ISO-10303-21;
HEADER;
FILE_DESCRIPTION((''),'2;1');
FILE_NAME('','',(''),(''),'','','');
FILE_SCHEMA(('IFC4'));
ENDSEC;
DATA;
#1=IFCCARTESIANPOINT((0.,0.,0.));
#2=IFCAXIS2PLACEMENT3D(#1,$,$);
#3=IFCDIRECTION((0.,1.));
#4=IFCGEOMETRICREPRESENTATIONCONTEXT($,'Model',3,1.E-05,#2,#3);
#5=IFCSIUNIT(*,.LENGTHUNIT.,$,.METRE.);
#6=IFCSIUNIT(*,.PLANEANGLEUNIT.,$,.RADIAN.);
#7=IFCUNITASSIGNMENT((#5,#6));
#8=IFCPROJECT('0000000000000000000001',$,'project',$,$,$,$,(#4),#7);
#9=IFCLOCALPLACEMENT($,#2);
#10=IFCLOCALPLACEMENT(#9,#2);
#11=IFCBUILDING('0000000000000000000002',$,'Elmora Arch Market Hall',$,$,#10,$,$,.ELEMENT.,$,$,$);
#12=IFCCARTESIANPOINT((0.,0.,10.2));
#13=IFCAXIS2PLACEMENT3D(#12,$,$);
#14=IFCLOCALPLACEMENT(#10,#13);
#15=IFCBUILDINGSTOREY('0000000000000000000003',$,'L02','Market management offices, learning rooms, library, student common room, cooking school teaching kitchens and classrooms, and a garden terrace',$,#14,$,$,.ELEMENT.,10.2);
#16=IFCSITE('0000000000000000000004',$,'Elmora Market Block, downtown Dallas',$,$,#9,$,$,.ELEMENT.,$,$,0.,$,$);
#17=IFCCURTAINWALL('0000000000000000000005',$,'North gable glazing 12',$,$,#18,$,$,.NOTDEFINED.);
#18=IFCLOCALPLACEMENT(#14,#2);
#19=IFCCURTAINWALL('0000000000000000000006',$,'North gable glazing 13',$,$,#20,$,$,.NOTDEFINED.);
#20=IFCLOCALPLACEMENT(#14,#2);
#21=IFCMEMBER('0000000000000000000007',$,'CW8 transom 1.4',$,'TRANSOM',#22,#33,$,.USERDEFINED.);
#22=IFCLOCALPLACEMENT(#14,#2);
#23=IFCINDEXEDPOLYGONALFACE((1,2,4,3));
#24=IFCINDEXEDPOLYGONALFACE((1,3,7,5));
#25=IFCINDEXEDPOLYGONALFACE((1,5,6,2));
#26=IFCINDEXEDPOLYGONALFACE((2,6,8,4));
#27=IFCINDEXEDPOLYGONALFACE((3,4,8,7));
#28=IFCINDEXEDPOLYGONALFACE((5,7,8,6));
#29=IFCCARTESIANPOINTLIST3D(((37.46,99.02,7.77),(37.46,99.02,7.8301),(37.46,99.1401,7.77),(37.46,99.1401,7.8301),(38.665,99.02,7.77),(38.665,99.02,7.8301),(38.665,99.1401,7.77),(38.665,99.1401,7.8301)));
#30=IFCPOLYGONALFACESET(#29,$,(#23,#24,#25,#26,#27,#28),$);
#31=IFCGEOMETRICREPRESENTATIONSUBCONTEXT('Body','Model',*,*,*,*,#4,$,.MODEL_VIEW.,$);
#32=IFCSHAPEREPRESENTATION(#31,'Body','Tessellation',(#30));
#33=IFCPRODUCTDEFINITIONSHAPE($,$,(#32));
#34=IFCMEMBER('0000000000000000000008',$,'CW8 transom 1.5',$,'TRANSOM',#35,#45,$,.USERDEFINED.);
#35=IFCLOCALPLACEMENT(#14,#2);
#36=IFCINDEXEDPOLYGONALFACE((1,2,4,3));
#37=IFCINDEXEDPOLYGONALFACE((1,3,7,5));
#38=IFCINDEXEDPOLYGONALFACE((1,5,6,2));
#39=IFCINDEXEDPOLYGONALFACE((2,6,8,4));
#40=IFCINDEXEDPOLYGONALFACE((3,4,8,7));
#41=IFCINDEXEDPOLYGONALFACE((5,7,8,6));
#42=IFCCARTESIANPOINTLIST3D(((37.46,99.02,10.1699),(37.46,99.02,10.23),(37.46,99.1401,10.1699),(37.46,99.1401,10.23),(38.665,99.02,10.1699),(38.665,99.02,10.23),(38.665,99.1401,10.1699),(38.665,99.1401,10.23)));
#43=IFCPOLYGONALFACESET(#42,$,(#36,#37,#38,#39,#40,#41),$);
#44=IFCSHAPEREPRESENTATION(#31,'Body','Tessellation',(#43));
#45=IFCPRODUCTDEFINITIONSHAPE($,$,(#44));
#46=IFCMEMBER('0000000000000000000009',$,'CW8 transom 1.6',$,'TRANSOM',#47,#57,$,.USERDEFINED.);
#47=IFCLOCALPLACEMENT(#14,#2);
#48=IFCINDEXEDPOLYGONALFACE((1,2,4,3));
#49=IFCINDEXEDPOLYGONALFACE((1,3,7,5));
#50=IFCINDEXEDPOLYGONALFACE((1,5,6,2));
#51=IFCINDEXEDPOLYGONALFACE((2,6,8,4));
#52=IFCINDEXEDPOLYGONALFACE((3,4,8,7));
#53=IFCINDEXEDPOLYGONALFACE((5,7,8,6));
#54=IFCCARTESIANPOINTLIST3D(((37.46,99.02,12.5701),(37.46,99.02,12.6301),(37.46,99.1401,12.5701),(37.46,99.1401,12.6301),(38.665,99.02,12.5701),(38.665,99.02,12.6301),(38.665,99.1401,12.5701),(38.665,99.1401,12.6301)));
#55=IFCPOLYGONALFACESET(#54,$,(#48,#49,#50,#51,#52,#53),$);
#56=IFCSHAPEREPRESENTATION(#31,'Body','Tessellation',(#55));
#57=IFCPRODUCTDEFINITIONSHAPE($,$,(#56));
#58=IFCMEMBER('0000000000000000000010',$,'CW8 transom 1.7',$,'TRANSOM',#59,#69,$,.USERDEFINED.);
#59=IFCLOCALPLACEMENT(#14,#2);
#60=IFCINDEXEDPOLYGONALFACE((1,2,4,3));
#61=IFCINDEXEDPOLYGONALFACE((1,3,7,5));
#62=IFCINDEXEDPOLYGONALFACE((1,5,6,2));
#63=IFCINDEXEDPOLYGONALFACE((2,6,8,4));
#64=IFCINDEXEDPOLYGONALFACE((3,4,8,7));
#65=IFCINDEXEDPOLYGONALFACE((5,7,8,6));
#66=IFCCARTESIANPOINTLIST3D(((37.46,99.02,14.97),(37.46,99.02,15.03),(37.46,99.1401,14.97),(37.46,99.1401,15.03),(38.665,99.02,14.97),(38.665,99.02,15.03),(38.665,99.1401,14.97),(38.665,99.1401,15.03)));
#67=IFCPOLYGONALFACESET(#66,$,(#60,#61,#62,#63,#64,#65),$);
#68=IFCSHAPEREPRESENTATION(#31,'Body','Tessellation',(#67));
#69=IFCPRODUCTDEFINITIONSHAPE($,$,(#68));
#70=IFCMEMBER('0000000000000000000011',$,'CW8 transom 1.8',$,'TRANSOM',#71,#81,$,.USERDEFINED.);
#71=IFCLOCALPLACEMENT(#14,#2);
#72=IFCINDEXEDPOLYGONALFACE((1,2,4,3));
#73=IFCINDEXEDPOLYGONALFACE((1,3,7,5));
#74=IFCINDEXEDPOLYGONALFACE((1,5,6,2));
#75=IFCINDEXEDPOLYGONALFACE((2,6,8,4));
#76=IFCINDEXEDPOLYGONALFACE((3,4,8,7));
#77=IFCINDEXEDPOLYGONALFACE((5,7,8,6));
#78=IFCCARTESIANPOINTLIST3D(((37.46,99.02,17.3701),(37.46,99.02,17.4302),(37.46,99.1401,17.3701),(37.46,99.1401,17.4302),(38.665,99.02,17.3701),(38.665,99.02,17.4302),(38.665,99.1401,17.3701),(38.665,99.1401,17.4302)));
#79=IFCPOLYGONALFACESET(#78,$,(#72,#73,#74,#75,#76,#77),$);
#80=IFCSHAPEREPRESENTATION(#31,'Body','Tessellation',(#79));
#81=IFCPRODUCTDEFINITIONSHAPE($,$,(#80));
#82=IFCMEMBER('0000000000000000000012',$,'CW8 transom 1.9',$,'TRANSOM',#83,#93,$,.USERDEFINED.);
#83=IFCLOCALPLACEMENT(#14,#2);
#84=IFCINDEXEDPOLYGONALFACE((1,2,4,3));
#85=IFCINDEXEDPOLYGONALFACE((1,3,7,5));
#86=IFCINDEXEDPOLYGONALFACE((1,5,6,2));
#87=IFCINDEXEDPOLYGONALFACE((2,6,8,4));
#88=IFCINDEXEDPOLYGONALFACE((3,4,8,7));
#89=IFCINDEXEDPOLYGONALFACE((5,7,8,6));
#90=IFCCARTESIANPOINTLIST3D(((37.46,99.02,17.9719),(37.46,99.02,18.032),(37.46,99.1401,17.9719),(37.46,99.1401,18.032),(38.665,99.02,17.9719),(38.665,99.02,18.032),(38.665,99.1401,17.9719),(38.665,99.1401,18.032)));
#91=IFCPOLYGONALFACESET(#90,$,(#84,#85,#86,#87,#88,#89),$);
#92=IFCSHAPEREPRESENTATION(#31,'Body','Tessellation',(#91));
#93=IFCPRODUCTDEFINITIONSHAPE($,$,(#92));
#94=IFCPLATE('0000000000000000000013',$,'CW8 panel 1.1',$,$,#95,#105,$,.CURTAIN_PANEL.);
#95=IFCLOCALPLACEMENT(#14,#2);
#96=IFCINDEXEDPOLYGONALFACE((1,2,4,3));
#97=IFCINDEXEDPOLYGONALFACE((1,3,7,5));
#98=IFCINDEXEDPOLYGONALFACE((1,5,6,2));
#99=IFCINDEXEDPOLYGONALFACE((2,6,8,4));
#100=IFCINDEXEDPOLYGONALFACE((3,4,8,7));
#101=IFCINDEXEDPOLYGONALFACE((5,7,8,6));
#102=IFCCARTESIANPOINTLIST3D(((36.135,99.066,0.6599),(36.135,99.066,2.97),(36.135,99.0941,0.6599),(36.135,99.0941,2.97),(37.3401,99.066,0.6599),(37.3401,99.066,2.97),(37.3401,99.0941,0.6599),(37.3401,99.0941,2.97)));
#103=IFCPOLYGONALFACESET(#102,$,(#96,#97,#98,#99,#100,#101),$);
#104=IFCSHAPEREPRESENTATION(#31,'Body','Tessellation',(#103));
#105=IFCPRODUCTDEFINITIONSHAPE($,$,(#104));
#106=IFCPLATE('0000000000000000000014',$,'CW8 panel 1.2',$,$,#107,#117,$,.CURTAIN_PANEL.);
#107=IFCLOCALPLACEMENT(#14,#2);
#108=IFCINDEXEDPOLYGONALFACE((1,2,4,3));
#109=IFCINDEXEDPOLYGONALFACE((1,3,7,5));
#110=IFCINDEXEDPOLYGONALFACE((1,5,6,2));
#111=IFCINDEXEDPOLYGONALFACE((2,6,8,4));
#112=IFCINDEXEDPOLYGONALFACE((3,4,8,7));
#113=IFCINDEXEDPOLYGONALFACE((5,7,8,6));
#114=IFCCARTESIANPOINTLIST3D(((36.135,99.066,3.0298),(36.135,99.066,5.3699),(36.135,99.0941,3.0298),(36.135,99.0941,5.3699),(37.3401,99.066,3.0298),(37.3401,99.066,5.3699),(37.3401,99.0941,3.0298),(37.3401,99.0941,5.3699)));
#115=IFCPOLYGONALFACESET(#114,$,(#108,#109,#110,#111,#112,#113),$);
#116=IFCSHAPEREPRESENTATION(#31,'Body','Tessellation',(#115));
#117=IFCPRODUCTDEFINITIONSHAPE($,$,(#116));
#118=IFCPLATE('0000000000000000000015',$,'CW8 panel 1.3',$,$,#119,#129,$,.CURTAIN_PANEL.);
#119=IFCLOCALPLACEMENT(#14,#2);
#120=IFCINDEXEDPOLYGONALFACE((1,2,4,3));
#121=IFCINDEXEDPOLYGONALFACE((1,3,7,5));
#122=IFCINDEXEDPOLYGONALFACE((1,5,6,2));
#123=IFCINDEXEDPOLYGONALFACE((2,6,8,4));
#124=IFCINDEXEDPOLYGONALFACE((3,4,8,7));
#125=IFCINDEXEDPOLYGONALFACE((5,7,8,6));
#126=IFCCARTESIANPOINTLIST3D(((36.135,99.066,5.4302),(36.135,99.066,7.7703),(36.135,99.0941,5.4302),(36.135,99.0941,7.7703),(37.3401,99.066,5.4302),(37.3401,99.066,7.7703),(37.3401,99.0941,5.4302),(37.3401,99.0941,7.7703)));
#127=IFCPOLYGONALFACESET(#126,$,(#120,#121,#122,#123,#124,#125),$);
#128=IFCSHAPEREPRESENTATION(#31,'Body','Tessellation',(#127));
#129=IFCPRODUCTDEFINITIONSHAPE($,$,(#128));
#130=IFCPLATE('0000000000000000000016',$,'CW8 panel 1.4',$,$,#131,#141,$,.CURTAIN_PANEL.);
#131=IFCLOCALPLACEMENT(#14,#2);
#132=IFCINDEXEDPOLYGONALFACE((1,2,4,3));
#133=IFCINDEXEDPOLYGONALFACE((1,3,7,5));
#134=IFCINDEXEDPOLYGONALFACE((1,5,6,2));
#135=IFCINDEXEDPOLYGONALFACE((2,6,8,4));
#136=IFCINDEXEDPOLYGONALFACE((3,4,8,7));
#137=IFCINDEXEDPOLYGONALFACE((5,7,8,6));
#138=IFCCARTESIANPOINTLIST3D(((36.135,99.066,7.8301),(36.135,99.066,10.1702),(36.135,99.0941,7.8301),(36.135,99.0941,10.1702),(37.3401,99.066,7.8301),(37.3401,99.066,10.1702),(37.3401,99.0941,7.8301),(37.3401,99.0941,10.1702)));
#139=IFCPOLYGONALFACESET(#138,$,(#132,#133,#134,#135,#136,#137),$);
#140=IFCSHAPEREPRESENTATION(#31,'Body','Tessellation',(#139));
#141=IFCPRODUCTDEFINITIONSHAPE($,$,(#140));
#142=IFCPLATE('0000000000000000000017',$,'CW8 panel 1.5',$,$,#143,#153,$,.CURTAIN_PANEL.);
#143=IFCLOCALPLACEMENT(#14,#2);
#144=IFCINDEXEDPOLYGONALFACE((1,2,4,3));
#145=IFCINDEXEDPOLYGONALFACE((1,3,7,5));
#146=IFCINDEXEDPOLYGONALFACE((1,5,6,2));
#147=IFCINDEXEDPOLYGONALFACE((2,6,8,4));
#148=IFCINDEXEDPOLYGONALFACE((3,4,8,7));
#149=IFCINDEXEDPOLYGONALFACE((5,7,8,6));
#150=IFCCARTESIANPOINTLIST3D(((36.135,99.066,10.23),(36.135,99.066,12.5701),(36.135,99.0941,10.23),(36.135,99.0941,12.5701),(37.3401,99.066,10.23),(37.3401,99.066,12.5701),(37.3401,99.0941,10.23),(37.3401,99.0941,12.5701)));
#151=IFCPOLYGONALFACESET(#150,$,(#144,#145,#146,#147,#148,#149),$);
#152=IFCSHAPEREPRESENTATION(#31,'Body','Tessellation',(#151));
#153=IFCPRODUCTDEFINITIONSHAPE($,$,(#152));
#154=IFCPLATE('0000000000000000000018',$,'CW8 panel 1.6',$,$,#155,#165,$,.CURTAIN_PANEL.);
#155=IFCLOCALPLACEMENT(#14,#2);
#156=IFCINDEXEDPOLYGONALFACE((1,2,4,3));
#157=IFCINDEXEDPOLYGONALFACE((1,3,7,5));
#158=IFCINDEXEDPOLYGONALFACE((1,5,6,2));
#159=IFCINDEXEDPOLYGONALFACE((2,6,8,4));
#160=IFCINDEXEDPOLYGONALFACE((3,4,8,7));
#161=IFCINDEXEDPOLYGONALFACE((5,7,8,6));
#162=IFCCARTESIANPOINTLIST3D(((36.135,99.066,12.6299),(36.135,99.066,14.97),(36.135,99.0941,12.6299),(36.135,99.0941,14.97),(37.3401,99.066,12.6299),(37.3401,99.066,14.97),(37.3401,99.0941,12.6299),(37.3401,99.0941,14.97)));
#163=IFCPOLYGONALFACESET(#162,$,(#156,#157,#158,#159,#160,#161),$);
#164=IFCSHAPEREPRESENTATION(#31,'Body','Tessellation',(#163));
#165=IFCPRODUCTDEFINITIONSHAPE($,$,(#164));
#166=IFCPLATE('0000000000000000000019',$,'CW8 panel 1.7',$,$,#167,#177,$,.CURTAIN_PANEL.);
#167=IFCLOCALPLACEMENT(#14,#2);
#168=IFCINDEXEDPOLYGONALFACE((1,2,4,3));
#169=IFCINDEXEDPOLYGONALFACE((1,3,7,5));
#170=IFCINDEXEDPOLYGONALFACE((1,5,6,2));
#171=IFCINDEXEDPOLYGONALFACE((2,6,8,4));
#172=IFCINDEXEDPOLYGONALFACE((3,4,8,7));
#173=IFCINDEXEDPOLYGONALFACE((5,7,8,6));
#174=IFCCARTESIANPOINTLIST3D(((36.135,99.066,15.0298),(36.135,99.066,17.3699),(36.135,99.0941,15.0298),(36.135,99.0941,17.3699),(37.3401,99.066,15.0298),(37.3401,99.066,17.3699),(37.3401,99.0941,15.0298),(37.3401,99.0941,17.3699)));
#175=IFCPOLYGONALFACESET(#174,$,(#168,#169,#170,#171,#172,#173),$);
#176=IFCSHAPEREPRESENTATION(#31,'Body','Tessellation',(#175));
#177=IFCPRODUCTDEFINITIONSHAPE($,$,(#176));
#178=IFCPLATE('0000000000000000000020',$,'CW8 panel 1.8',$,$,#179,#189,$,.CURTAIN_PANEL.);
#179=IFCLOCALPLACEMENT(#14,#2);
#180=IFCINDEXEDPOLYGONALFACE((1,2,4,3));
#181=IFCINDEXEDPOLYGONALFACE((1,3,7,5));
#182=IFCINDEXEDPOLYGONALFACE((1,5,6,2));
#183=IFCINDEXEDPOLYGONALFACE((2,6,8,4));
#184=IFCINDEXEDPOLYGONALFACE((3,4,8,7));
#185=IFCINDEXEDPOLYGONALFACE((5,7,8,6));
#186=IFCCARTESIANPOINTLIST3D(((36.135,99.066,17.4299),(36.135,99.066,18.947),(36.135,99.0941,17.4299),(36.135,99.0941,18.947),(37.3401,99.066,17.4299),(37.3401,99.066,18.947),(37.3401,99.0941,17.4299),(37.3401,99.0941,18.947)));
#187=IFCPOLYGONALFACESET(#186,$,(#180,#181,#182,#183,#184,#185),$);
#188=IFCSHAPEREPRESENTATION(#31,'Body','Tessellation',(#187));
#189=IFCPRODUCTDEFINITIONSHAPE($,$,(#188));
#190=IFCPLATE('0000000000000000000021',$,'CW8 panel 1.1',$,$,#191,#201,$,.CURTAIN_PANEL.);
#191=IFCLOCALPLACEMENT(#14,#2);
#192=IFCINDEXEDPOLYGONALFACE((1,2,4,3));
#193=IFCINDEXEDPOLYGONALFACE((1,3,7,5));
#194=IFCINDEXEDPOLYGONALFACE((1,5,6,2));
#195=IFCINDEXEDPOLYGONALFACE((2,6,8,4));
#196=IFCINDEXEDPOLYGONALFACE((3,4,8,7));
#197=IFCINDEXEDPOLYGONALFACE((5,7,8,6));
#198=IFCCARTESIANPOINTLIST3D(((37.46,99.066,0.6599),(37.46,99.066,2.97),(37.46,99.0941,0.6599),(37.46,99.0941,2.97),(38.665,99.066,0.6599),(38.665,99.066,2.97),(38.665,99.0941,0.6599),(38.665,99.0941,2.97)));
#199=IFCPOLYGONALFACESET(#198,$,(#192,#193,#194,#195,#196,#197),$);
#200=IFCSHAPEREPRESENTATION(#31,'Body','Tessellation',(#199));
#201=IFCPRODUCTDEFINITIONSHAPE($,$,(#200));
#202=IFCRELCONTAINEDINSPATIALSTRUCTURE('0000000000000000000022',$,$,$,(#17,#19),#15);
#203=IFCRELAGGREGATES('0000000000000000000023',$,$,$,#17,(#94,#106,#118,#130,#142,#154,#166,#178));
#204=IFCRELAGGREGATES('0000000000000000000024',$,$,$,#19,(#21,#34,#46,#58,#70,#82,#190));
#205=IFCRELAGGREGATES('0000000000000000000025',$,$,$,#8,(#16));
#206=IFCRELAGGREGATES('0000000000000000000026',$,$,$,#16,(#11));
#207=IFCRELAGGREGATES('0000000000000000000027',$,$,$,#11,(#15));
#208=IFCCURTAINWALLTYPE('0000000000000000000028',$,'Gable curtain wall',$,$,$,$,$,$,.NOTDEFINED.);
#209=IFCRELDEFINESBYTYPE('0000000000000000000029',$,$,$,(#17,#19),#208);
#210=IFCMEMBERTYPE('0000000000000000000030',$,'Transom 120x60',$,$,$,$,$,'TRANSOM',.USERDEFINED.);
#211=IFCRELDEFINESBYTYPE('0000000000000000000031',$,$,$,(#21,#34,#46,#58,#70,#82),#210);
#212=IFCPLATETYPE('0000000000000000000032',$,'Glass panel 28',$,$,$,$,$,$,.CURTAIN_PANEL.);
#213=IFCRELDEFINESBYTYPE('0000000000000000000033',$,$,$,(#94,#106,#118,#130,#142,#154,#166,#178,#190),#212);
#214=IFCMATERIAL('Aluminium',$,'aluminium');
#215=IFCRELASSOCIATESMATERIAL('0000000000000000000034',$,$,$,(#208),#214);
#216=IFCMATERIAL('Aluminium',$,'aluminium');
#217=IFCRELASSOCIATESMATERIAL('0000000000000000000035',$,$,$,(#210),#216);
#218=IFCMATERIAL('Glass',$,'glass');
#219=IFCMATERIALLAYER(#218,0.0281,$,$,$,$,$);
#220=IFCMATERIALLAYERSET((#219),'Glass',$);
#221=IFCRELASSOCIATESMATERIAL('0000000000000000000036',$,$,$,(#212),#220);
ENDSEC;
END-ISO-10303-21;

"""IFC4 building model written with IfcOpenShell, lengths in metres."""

from ifc_helpers import new_model, si_unit, direction, frame, origin, origin_2d, place, context, subcontext, project, spatial, rectangle, extrude, material, layer, layer_set, material_profile, profile_set, type_object, element, aggregate, save


model = new_model("IFC4")

# Units and contexts
model_context = context("Model", 3, precision=1e-05, world=origin(), true_north=direction((0.0, 1.0)))
body_context = subcontext(model_context, "Body", "Model", "MODEL_VIEW")
ifc_project = project(units=[si_unit("LENGTHUNIT", "METRE"), si_unit("PLANEANGLEUNIT", "RADIAN")], contexts=[model_context])

# Site, building, storey
site_placement = place(None, origin())
site = spatial("IfcSite", under=ifc_project, at=site_placement, Name="Elmora Market Block, downtown Dallas", CompositionType="ELEMENT", RefElevation=0.0)
building_placement = place(site_placement, origin())
building = spatial("IfcBuilding", under=site, at=building_placement, Name="Elmora Arch Market Hall", CompositionType="ELEMENT")
storey_placement = place(building_placement, frame((0.0, 0.0, 10.2)))
storey = spatial("IfcBuildingStorey", under=building, at=storey_placement, Name="L02", Description="Market management offices, learning rooms, library, student common room, cooking school teaching kitchens and classrooms, and a garden terrace", CompositionType="ELEMENT", Elevation=10.2)

# Curtain walls
ifc_material_1 = material(Name="Aluminium", Category="aluminium")
curtain_wall_type = type_object("IfcCurtainWallType", Name="Gable curtain wall", PredefinedType="NOTDEFINED", material=ifc_material_1)
curtain_wall_1_placement = place(storey_placement, origin())
curtain_wall_1 = element("IfcCurtainWall", 1, at=curtain_wall_1_placement, inside=storey, type_object=curtain_wall_type, Name="North gable glazing 12", PredefinedType="NOTDEFINED")
curtain_wall_2_placement = place(storey_placement, origin())
curtain_wall_2 = element("IfcCurtainWall", 2, at=curtain_wall_2_placement, inside=storey, type_object=curtain_wall_type, Name="North gable glazing 13", PredefinedType="NOTDEFINED")

# Members
ifc_material_2 = material(Name="Aluminium", Category="aluminium")
ifc_material_profile_1 = material_profile(ifc_material_2, rectangle(XDim=0.1201, YDim=0.0601, at=origin_2d()), Name="AL 120x60")
ifc_profile_set_1 = profile_set([ifc_material_profile_1], Name="Aluminium")
member_type_1 = type_object("IfcMemberType", Name="Transom 120x60", ElementType="TRANSOM", PredefinedType="USERDEFINED", material=ifc_profile_set_1)
member_1_placement = place(storey_placement, frame((37.46, 99.0801, 7.8), z_axis=(1.0, 0.0, 0.0), x_axis=(0.0, 1.0, 0.0)))
member_1 = element("IfcMember", 3, at=member_1_placement, type_object=member_type_1, Name="CW8 transom 1.4", ObjectType="TRANSOM", PredefinedType="USERDEFINED", context=body_context, shape_type="SweptSolid", body=[
    extrude(rectangle(XDim=0.1201, YDim=0.0601, at=origin_2d()), origin(), (0.0, 0.0, 1.0), 1.2051),
])
member_2_placement = place(storey_placement, frame((37.46, 99.0801, 10.2), z_axis=(1.0, 0.0, 0.0), x_axis=(0.0, 1.0, 0.0)))
member_2 = element("IfcMember", 4, at=member_2_placement, type_object=member_type_1, Name="CW8 transom 1.5", ObjectType="TRANSOM", PredefinedType="USERDEFINED", context=body_context, shape_type="SweptSolid", body=[
    extrude(rectangle(XDim=0.1201, YDim=0.0601, at=origin_2d()), origin(), (0.0, 0.0, 1.0), 1.2051),
])
member_3_placement = place(storey_placement, frame((37.46, 99.0801, 12.6001), z_axis=(1.0, 0.0, 0.0), x_axis=(0.0, 1.0, 0.0)))
member_3 = element("IfcMember", 5, at=member_3_placement, type_object=member_type_1, Name="CW8 transom 1.6", ObjectType="TRANSOM", PredefinedType="USERDEFINED", context=body_context, shape_type="SweptSolid", body=[
    extrude(rectangle(XDim=0.1201, YDim=0.0601, at=origin_2d()), origin(), (0.0, 0.0, 1.0), 1.2051),
])
member_4_placement = place(storey_placement, frame((37.46, 99.0801, 15.0), z_axis=(1.0, 0.0, 0.0), x_axis=(0.0, 1.0, 0.0)))
member_4 = element("IfcMember", 6, at=member_4_placement, type_object=member_type_1, Name="CW8 transom 1.7", ObjectType="TRANSOM", PredefinedType="USERDEFINED", context=body_context, shape_type="SweptSolid", body=[
    extrude(rectangle(XDim=0.1201, YDim=0.0601, at=origin_2d()), origin(), (0.0, 0.0, 1.0), 1.2051),
])
member_5_placement = place(storey_placement, frame((37.46, 99.0801, 17.4001), z_axis=(1.0, 0.0, 0.0), x_axis=(0.0, 1.0, 0.0)))
member_5 = element("IfcMember", 7, at=member_5_placement, type_object=member_type_1, Name="CW8 transom 1.8", ObjectType="TRANSOM", PredefinedType="USERDEFINED", context=body_context, shape_type="SweptSolid", body=[
    extrude(rectangle(XDim=0.1201, YDim=0.0601, at=origin_2d()), origin(), (0.0, 0.0, 1.0), 1.2051),
])
member_6_placement = place(storey_placement, frame((37.46, 99.0801, 18.002), z_axis=(1.0, 0.0, 0.0), x_axis=(0.0, 1.0, 0.0)))
member_6 = element("IfcMember", 8, at=member_6_placement, type_object=member_type_1, Name="CW8 transom 1.9", ObjectType="TRANSOM", PredefinedType="USERDEFINED", context=body_context, shape_type="SweptSolid", body=[
    extrude(rectangle(XDim=0.1201, YDim=0.0601, at=origin_2d()), origin(), (0.0, 0.0, 1.0), 1.2051),
])

# Plates
ifc_material_3 = material(Name="Glass", Category="glass")
ifc_layer = layer(ifc_material_3, 0.0281)
ifc_layer_set = layer_set([ifc_layer], Name="Glass")
plate_type = type_object("IfcPlateType", Name="Glass panel 28", PredefinedType="CURTAIN_PANEL", material=ifc_layer_set)
plate_1_placement = place(storey_placement, frame((36.7375, 99.0801, 0.6599), z_axis=(0.0, 0.0, 1.0), x_axis=(1.0, 0.0, 0.0)))
plate_1 = element("IfcPlate", 9, at=plate_1_placement, type_object=plate_type, Name="CW8 panel 1.1", PredefinedType="CURTAIN_PANEL", context=body_context, shape_type="SweptSolid", body=[
    extrude(rectangle(XDim=1.2051, YDim=0.0281, at=origin_2d()), origin(), (0.0, 0.0, 1.0), 2.3101),
])
plate_2_placement = place(storey_placement, frame((36.7375, 99.0801, 3.0298), z_axis=(0.0, 0.0, 1.0), x_axis=(1.0, 0.0, 0.0)))
plate_2 = element("IfcPlate", 10, at=plate_2_placement, type_object=plate_type, Name="CW8 panel 1.2", PredefinedType="CURTAIN_PANEL", context=body_context, shape_type="SweptSolid", body=[
    extrude(rectangle(XDim=1.2051, YDim=0.0281, at=origin_2d()), origin(), (0.0, 0.0, 1.0), 2.3401),
])
plate_3_placement = place(storey_placement, frame((36.7375, 99.0801, 5.4302), z_axis=(0.0, 0.0, 1.0), x_axis=(1.0, 0.0, 0.0)))
plate_3 = element("IfcPlate", 11, at=plate_3_placement, type_object=plate_type, Name="CW8 panel 1.3", PredefinedType="CURTAIN_PANEL", context=body_context, shape_type="SweptSolid", body=[
    extrude(rectangle(XDim=1.2051, YDim=0.0281, at=origin_2d()), origin(), (0.0, 0.0, 1.0), 2.3401),
])
plate_4_placement = place(storey_placement, frame((36.7375, 99.0801, 7.8301), z_axis=(0.0, 0.0, 1.0), x_axis=(1.0, 0.0, 0.0)))
plate_4 = element("IfcPlate", 12, at=plate_4_placement, type_object=plate_type, Name="CW8 panel 1.4", PredefinedType="CURTAIN_PANEL", context=body_context, shape_type="SweptSolid", body=[
    extrude(rectangle(XDim=1.2051, YDim=0.0281, at=origin_2d()), origin(), (0.0, 0.0, 1.0), 2.3401),
])
plate_5_placement = place(storey_placement, frame((36.7375, 99.0801, 10.23), z_axis=(0.0, 0.0, 1.0), x_axis=(1.0, 0.0, 0.0)))
plate_5 = element("IfcPlate", 13, at=plate_5_placement, type_object=plate_type, Name="CW8 panel 1.5", PredefinedType="CURTAIN_PANEL", context=body_context, shape_type="SweptSolid", body=[
    extrude(rectangle(XDim=1.2051, YDim=0.0281, at=origin_2d()), origin(), (0.0, 0.0, 1.0), 2.3401),
])
plate_6_placement = place(storey_placement, frame((36.7375, 99.0801, 12.6299), z_axis=(0.0, 0.0, 1.0), x_axis=(1.0, 0.0, 0.0)))
plate_6 = element("IfcPlate", 14, at=plate_6_placement, type_object=plate_type, Name="CW8 panel 1.6", PredefinedType="CURTAIN_PANEL", context=body_context, shape_type="SweptSolid", body=[
    extrude(rectangle(XDim=1.2051, YDim=0.0281, at=origin_2d()), origin(), (0.0, 0.0, 1.0), 2.3401),
])
plate_7_placement = place(storey_placement, frame((36.7375, 99.0801, 15.0298), z_axis=(0.0, 0.0, 1.0), x_axis=(1.0, 0.0, 0.0)))
plate_7 = element("IfcPlate", 15, at=plate_7_placement, type_object=plate_type, Name="CW8 panel 1.7", PredefinedType="CURTAIN_PANEL", context=body_context, shape_type="SweptSolid", body=[
    extrude(rectangle(XDim=1.2051, YDim=0.0281, at=origin_2d()), origin(), (0.0, 0.0, 1.0), 2.3401),
])
plate_8_placement = place(storey_placement, frame((36.7375, 99.0801, 17.4299), z_axis=(0.0, 0.0, 1.0), x_axis=(1.0, 0.0, 0.0)))
plate_8 = element("IfcPlate", 16, at=plate_8_placement, type_object=plate_type, Name="CW8 panel 1.8", PredefinedType="CURTAIN_PANEL", context=body_context, shape_type="SweptSolid", body=[
    extrude(rectangle(XDim=1.2051, YDim=0.0281, at=origin_2d()), origin(), (0.0, 0.0, 1.0), 1.5171),
])
aggregate(curtain_wall_1, [plate_1, plate_2, plate_3, plate_4, plate_5, plate_6, plate_7, plate_8])
plate_9_placement = place(storey_placement, frame((38.0625, 99.0801, 0.6599), z_axis=(0.0, 0.0, 1.0), x_axis=(1.0, 0.0, 0.0)))
plate_9 = element("IfcPlate", 17, at=plate_9_placement, type_object=plate_type, Name="CW8 panel 1.1", PredefinedType="CURTAIN_PANEL", context=body_context, shape_type="SweptSolid", body=[
    extrude(rectangle(XDim=1.2051, YDim=0.0281, at=origin_2d()), origin(), (0.0, 0.0, 1.0), 2.3101),
])
aggregate(curtain_wall_2, [member_1, member_2, member_3, member_4, member_5, member_6, plate_9])

save(model, "model.ifc")
